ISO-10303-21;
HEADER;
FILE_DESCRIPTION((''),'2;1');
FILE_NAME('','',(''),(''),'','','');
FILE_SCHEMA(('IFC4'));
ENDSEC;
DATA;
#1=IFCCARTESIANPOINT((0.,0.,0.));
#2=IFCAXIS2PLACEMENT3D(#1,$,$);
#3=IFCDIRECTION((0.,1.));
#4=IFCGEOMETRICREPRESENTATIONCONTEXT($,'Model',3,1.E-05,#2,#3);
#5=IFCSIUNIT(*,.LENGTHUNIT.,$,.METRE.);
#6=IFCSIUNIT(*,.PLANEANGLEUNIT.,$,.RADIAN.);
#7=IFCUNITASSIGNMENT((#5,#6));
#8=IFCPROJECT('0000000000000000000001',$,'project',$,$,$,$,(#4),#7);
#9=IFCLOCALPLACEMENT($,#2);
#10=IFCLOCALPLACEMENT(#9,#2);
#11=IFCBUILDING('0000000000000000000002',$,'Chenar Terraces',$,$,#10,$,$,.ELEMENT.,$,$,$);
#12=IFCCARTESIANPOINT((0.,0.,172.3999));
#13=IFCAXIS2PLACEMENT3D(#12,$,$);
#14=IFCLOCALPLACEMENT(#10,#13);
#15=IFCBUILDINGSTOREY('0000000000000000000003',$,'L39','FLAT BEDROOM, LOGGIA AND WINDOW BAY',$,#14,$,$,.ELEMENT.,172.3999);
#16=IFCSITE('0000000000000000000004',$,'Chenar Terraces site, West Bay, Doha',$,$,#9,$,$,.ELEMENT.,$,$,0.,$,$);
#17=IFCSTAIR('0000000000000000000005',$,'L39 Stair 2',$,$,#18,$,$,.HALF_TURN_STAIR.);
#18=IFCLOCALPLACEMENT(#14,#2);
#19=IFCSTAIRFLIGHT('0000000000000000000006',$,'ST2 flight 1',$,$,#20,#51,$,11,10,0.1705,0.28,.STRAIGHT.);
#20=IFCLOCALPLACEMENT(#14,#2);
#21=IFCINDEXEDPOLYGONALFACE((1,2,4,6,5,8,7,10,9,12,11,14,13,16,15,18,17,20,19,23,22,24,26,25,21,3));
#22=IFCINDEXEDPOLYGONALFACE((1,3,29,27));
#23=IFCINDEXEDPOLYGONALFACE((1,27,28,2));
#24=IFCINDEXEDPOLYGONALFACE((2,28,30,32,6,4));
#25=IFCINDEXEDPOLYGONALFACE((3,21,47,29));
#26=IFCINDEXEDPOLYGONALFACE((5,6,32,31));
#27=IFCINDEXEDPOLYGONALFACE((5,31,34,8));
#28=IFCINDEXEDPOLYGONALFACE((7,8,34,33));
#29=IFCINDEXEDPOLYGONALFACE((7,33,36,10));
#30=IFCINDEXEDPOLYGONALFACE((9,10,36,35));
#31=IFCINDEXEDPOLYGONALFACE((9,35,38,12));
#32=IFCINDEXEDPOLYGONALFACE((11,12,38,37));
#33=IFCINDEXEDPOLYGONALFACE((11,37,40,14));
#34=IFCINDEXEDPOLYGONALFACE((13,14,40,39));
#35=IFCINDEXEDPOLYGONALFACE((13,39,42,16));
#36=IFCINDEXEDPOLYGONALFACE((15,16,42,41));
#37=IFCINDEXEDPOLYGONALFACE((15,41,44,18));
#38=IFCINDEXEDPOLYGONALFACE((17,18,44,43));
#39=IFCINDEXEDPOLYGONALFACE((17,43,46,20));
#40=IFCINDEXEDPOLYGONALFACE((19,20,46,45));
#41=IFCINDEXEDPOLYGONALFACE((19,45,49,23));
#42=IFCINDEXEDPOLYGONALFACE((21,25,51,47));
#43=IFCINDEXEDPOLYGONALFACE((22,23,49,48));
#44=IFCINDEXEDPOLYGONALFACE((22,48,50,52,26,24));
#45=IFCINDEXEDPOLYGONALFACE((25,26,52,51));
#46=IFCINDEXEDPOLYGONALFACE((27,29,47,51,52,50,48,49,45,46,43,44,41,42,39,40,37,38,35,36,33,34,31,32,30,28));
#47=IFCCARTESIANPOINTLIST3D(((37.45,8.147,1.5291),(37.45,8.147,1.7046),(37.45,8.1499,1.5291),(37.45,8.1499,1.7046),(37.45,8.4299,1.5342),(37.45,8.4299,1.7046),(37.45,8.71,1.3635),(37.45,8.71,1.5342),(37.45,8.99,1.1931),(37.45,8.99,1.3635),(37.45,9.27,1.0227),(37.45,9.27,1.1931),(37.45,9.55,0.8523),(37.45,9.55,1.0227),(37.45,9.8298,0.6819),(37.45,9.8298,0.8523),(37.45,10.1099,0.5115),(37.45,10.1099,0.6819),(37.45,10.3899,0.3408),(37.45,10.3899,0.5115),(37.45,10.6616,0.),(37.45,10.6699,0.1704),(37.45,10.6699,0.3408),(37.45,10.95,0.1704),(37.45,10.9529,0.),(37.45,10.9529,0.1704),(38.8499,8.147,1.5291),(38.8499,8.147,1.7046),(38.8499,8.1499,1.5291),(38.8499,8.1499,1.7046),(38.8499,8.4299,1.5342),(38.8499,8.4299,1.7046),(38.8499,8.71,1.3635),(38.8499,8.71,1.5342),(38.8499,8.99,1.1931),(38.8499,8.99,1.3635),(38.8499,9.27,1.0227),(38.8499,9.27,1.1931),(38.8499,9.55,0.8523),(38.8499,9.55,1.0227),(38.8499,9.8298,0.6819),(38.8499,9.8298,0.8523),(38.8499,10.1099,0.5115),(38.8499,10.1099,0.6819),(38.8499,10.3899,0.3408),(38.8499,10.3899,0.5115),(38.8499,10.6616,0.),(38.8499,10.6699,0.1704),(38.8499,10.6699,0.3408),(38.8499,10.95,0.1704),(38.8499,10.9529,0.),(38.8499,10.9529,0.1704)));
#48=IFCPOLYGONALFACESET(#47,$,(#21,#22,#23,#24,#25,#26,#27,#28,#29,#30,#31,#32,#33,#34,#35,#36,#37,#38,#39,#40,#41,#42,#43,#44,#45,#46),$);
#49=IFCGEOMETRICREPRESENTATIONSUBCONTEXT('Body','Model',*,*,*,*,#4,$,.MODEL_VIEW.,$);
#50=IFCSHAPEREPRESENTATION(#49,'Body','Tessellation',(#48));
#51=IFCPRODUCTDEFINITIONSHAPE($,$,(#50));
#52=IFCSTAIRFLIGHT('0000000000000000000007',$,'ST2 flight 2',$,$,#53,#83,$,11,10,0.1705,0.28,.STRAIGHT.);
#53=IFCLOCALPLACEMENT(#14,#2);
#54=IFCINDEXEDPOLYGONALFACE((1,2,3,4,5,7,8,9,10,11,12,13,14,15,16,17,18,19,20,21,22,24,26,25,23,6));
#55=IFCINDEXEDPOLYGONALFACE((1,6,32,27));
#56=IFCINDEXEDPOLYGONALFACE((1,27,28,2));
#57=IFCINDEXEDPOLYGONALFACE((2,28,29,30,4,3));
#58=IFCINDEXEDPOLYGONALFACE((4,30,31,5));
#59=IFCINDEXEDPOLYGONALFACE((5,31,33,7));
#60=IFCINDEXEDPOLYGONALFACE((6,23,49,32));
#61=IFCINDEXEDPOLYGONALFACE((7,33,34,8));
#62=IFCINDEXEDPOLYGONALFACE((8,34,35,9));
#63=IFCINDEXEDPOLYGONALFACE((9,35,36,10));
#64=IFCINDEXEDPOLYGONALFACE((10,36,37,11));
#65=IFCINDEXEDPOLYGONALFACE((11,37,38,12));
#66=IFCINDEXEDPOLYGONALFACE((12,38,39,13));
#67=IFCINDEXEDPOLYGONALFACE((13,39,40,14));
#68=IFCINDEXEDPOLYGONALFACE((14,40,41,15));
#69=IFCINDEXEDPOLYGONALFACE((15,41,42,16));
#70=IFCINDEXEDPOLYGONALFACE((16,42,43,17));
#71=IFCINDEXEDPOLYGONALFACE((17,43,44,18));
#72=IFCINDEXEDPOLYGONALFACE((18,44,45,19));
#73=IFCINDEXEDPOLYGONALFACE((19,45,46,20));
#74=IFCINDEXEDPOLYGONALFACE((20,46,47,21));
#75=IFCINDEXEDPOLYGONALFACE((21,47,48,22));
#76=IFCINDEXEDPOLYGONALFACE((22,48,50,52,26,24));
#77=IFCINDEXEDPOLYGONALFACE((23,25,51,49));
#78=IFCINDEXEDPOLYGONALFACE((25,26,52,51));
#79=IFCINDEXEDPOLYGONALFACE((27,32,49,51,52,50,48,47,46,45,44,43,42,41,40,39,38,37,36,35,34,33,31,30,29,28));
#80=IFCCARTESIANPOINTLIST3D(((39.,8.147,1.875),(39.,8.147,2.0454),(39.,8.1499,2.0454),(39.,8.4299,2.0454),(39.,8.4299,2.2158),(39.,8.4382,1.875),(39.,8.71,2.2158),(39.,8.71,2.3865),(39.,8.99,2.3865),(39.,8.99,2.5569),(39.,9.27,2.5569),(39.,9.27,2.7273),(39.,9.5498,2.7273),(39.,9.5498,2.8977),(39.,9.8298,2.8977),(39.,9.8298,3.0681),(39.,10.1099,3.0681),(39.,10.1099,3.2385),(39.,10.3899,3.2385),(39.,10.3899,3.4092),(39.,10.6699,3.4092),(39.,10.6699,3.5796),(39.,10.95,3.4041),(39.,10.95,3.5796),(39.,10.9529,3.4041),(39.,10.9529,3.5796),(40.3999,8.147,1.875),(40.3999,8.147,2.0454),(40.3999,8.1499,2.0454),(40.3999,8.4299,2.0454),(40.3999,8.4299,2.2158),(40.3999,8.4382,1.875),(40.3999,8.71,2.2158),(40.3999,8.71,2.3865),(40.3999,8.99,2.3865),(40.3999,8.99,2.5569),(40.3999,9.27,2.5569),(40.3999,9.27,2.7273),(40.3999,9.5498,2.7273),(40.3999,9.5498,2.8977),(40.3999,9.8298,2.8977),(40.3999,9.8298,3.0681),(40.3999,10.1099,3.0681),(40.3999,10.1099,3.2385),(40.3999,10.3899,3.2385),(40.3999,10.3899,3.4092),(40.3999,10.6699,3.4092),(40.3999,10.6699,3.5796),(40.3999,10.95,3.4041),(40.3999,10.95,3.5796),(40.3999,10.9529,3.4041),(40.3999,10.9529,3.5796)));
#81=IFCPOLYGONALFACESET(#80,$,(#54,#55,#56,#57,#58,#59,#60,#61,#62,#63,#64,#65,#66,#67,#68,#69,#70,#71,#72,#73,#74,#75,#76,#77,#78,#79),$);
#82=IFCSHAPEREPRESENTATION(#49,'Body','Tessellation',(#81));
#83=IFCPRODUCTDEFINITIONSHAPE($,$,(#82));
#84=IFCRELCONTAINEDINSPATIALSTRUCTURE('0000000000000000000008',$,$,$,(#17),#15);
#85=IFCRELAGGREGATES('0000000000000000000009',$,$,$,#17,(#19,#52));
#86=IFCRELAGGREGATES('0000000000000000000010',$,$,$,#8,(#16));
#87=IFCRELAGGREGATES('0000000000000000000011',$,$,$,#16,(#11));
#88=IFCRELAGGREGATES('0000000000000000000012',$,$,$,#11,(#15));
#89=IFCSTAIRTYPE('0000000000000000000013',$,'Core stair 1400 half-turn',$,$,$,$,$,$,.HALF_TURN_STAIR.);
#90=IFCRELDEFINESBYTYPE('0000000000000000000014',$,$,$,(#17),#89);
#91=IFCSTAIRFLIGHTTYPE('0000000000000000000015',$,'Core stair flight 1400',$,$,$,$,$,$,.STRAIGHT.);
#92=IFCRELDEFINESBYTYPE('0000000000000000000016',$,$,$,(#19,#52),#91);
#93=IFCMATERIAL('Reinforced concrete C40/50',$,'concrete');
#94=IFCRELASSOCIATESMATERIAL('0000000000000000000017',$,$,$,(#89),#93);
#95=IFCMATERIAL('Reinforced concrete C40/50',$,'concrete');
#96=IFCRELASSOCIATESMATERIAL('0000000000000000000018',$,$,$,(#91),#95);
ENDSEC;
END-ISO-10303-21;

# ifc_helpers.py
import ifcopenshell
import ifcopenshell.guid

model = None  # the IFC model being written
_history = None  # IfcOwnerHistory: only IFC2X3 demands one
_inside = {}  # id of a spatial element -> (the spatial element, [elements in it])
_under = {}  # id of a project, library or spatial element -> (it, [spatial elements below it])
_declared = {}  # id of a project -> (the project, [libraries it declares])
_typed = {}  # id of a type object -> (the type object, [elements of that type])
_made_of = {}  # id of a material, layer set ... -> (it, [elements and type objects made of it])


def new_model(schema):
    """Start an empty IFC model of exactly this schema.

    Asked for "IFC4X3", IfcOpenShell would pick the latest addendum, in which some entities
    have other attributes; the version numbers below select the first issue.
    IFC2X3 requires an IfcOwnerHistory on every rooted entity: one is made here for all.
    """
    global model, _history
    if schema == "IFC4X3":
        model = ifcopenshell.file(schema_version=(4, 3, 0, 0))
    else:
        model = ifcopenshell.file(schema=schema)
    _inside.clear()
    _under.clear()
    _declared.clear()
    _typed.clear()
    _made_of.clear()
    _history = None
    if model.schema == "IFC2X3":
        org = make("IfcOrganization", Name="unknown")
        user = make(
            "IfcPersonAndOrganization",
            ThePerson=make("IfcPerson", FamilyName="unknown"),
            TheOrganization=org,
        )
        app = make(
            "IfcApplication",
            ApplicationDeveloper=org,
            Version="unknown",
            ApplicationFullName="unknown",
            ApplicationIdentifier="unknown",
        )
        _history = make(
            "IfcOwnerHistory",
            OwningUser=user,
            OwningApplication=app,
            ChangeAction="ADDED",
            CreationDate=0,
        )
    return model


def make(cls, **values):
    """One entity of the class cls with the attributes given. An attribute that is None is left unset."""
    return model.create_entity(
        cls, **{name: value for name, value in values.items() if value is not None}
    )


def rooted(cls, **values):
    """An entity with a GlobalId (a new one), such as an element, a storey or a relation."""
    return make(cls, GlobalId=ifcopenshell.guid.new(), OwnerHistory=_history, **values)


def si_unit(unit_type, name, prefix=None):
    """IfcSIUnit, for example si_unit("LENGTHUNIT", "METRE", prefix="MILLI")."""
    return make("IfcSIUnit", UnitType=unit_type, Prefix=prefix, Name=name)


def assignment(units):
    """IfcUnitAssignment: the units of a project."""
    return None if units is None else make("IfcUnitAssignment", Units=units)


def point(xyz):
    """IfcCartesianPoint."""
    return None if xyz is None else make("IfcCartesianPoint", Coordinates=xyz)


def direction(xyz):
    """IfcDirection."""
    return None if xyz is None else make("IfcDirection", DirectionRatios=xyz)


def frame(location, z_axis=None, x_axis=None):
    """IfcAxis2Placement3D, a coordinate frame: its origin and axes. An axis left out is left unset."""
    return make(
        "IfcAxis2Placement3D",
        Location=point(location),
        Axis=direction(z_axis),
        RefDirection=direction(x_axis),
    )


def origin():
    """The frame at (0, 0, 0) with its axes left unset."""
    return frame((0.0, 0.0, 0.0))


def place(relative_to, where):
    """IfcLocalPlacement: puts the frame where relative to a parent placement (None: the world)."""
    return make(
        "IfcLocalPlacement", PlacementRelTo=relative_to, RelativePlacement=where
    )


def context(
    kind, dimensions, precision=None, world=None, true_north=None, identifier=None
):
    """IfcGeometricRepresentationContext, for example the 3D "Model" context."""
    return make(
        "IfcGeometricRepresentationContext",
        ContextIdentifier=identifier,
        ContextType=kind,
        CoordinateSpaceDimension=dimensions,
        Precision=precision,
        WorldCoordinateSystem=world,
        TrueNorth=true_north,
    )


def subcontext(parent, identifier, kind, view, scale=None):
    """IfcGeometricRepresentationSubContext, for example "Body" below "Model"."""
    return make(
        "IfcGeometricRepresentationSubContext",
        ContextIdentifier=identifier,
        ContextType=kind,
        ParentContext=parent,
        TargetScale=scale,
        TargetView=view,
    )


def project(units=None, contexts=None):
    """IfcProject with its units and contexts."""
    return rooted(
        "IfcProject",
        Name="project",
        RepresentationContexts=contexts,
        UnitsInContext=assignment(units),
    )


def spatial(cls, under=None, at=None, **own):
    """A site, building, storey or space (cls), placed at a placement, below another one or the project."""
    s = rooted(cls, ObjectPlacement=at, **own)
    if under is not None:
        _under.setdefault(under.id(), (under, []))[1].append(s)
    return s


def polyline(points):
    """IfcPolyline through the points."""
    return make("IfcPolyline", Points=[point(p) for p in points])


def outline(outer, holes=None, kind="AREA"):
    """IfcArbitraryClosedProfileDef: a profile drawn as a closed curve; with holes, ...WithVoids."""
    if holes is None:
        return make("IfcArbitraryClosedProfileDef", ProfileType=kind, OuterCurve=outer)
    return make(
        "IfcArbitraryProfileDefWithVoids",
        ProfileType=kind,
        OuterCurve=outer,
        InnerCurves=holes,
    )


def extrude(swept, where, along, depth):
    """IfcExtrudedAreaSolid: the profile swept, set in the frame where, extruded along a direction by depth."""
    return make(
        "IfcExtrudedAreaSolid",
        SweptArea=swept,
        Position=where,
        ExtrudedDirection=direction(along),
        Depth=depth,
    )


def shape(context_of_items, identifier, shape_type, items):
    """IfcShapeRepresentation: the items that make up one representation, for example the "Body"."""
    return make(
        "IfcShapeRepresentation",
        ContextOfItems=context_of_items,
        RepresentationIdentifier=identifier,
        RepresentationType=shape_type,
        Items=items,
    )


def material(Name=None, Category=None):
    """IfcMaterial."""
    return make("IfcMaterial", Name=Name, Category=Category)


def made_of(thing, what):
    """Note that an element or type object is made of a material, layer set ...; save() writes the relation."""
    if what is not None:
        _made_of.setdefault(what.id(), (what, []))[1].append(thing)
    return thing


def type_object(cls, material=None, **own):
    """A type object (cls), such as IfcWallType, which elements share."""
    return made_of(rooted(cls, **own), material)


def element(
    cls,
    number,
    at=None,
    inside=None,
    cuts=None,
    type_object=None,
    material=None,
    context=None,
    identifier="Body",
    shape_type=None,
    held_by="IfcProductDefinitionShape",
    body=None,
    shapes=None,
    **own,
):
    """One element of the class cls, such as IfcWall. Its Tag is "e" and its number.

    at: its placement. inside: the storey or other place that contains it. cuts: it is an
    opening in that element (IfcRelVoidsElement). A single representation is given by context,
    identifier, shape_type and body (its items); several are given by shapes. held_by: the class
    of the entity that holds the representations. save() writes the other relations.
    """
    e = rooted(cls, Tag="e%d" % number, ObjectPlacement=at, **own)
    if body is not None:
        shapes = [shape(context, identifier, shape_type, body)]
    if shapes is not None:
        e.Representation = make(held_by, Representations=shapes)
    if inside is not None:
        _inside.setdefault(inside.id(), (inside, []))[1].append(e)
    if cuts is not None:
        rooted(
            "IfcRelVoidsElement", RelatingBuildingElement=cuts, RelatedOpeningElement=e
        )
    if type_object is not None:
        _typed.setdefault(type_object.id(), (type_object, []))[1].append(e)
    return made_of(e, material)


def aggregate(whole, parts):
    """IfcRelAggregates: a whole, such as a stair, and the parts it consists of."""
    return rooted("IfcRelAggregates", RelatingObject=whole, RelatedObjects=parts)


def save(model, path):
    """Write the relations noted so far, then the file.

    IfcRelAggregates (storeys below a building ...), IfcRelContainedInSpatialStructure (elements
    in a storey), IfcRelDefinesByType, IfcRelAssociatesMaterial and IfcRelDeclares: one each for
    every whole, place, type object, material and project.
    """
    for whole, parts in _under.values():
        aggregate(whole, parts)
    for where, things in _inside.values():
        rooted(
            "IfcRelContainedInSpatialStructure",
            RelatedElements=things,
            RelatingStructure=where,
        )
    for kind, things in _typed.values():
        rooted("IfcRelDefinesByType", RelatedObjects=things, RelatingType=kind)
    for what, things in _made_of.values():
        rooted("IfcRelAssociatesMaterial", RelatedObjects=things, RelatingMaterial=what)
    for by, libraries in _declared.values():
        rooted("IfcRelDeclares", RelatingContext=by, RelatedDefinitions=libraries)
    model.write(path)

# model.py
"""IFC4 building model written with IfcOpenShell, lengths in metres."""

from ifc_helpers import new_model, si_unit, direction, frame, origin, place, context, subcontext, project, spatial, polyline, outline, extrude, material, type_object, element, aggregate, save


model = new_model("IFC4")

# Units and contexts
model_context = context("Model", 3, precision=1e-05, world=origin(), true_north=direction((0.0, 1.0)))
body_context = subcontext(model_context, "Body", "Model", "MODEL_VIEW")
ifc_project = project(units=[si_unit("LENGTHUNIT", "METRE"), si_unit("PLANEANGLEUNIT", "RADIAN")], contexts=[model_context])

# Site, building, storey
site_placement = place(None, origin())
site = spatial("IfcSite", under=ifc_project, at=site_placement, Name="Chenar Terraces site, West Bay, Doha", CompositionType="ELEMENT", RefElevation=0.0)
building_placement = place(site_placement, origin())
building = spatial("IfcBuilding", under=site, at=building_placement, Name="Chenar Terraces", CompositionType="ELEMENT")
storey_placement = place(building_placement, frame((0.0, 0.0, 172.3999)))
storey = spatial("IfcBuildingStorey", under=building, at=storey_placement, Name="L39", Description="FLAT BEDROOM, LOGGIA AND WINDOW BAY", CompositionType="ELEMENT", Elevation=172.3999)

# Stair, stair flights
ifc_material_1 = material(Name="Reinforced concrete C40/50", Category="concrete")
stair_type = type_object("IfcStairType", Name="Core stair 1400 half-turn", PredefinedType="HALF_TURN_STAIR", material=ifc_material_1)
stair_placement = place(storey_placement, origin())
stair = element("IfcStair", 1, at=stair_placement, inside=storey, type_object=stair_type, Name="L39 Stair 2", PredefinedType="HALF_TURN_STAIR")
ifc_material_2 = material(Name="Reinforced concrete C40/50", Category="concrete")
stair_flight_type = type_object("IfcStairFlightType", Name="Core stair flight 1400", PredefinedType="STRAIGHT", material=ifc_material_2)
stair_flight_1_placement = place(storey_placement, frame((38.1499, 10.95, 0.0), z_axis=(0.0, 0.0, 1.0), x_axis=(0.0, -1.0, 0.0)))
stair_flight_1 = element("IfcStairFlight", 2, at=stair_flight_1_placement, type_object=stair_flight_type, Name="ST2 flight 1", NumberOfRisers=11, NumberOfTreads=10, PredefinedType="STRAIGHT", RiserHeight=0.1705, TreadLength=0.28, context=body_context, shape_type="SweptSolid", body=[
    extrude(outline(polyline([(-0.0029, 0.0), (-0.0029, 0.1704), (0.0, 0.1704), (0.28, 0.1704), (0.28, 0.3408), (0.5601, 0.3408), (0.5601, 0.5115), (0.8401, 0.5115), (0.8401, 0.6819), (1.1201, 0.6819), (1.1201, 0.8523), (1.3999, 0.8523), (1.3999, 1.0227), (1.6799, 1.0227), (1.6799, 1.1931), (1.96, 1.1931), (1.96, 1.3635), (2.24, 1.3635), (2.24, 1.5342), (2.52, 1.5342), (2.52, 1.7046), (2.8, 1.7046), (2.803, 1.7046), (2.803, 1.5291), (2.8, 1.5291), (0.2883, 0.0), (-0.0029, 0.0)])), frame((0.0, 0.7, 0.0), z_axis=(0.0, -1.0, 0.0), x_axis=(1.0, 0.0, 0.0)), (0.0, 0.0, 1.0), 1.3999),
])
stair_flight_2_placement = place(storey_placement, frame((39.7, 8.1499, 1.875), z_axis=(0.0, 0.0, 1.0), x_axis=(0.0, 1.0, 0.0)))
stair_flight_2 = element("IfcStairFlight", 3, at=stair_flight_2_placement, type_object=stair_flight_type, Name="ST2 flight 2", NumberOfRisers=11, NumberOfTreads=10, PredefinedType="STRAIGHT", RiserHeight=0.1705, TreadLength=0.28, context=body_context, shape_type="SweptSolid", body=[
    extrude(outline(polyline([(-0.0029, 0.0), (-0.0029, 0.1704), (0.0, 0.1704), (0.28, 0.1704), (0.28, 0.3408), (0.5601, 0.3408), (0.5601, 0.5115), (0.8401, 0.5115), (0.8401, 0.6819), (1.1201, 0.6819), (1.1201, 0.8523), (1.3999, 0.8523), (1.3999, 1.0227), (1.6799, 1.0227), (1.6799, 1.1931), (1.96, 1.1931), (1.96, 1.3635), (2.24, 1.3635), (2.24, 1.5342), (2.52, 1.5342), (2.52, 1.7046), (2.8, 1.7046), (2.803, 1.7046), (2.803, 1.5291), (2.8, 1.5291), (0.2883, 0.0), (-0.0029, 0.0)])), frame((0.0, 0.7, 0.0), z_axis=(0.0, -1.0, 0.0), x_axis=(1.0, 0.0, 0.0)), (0.0, 0.0, 1.0), 1.3999),
])
aggregate(stair, [stair_flight_1, stair_flight_2])

save(model, "model.ifc")
